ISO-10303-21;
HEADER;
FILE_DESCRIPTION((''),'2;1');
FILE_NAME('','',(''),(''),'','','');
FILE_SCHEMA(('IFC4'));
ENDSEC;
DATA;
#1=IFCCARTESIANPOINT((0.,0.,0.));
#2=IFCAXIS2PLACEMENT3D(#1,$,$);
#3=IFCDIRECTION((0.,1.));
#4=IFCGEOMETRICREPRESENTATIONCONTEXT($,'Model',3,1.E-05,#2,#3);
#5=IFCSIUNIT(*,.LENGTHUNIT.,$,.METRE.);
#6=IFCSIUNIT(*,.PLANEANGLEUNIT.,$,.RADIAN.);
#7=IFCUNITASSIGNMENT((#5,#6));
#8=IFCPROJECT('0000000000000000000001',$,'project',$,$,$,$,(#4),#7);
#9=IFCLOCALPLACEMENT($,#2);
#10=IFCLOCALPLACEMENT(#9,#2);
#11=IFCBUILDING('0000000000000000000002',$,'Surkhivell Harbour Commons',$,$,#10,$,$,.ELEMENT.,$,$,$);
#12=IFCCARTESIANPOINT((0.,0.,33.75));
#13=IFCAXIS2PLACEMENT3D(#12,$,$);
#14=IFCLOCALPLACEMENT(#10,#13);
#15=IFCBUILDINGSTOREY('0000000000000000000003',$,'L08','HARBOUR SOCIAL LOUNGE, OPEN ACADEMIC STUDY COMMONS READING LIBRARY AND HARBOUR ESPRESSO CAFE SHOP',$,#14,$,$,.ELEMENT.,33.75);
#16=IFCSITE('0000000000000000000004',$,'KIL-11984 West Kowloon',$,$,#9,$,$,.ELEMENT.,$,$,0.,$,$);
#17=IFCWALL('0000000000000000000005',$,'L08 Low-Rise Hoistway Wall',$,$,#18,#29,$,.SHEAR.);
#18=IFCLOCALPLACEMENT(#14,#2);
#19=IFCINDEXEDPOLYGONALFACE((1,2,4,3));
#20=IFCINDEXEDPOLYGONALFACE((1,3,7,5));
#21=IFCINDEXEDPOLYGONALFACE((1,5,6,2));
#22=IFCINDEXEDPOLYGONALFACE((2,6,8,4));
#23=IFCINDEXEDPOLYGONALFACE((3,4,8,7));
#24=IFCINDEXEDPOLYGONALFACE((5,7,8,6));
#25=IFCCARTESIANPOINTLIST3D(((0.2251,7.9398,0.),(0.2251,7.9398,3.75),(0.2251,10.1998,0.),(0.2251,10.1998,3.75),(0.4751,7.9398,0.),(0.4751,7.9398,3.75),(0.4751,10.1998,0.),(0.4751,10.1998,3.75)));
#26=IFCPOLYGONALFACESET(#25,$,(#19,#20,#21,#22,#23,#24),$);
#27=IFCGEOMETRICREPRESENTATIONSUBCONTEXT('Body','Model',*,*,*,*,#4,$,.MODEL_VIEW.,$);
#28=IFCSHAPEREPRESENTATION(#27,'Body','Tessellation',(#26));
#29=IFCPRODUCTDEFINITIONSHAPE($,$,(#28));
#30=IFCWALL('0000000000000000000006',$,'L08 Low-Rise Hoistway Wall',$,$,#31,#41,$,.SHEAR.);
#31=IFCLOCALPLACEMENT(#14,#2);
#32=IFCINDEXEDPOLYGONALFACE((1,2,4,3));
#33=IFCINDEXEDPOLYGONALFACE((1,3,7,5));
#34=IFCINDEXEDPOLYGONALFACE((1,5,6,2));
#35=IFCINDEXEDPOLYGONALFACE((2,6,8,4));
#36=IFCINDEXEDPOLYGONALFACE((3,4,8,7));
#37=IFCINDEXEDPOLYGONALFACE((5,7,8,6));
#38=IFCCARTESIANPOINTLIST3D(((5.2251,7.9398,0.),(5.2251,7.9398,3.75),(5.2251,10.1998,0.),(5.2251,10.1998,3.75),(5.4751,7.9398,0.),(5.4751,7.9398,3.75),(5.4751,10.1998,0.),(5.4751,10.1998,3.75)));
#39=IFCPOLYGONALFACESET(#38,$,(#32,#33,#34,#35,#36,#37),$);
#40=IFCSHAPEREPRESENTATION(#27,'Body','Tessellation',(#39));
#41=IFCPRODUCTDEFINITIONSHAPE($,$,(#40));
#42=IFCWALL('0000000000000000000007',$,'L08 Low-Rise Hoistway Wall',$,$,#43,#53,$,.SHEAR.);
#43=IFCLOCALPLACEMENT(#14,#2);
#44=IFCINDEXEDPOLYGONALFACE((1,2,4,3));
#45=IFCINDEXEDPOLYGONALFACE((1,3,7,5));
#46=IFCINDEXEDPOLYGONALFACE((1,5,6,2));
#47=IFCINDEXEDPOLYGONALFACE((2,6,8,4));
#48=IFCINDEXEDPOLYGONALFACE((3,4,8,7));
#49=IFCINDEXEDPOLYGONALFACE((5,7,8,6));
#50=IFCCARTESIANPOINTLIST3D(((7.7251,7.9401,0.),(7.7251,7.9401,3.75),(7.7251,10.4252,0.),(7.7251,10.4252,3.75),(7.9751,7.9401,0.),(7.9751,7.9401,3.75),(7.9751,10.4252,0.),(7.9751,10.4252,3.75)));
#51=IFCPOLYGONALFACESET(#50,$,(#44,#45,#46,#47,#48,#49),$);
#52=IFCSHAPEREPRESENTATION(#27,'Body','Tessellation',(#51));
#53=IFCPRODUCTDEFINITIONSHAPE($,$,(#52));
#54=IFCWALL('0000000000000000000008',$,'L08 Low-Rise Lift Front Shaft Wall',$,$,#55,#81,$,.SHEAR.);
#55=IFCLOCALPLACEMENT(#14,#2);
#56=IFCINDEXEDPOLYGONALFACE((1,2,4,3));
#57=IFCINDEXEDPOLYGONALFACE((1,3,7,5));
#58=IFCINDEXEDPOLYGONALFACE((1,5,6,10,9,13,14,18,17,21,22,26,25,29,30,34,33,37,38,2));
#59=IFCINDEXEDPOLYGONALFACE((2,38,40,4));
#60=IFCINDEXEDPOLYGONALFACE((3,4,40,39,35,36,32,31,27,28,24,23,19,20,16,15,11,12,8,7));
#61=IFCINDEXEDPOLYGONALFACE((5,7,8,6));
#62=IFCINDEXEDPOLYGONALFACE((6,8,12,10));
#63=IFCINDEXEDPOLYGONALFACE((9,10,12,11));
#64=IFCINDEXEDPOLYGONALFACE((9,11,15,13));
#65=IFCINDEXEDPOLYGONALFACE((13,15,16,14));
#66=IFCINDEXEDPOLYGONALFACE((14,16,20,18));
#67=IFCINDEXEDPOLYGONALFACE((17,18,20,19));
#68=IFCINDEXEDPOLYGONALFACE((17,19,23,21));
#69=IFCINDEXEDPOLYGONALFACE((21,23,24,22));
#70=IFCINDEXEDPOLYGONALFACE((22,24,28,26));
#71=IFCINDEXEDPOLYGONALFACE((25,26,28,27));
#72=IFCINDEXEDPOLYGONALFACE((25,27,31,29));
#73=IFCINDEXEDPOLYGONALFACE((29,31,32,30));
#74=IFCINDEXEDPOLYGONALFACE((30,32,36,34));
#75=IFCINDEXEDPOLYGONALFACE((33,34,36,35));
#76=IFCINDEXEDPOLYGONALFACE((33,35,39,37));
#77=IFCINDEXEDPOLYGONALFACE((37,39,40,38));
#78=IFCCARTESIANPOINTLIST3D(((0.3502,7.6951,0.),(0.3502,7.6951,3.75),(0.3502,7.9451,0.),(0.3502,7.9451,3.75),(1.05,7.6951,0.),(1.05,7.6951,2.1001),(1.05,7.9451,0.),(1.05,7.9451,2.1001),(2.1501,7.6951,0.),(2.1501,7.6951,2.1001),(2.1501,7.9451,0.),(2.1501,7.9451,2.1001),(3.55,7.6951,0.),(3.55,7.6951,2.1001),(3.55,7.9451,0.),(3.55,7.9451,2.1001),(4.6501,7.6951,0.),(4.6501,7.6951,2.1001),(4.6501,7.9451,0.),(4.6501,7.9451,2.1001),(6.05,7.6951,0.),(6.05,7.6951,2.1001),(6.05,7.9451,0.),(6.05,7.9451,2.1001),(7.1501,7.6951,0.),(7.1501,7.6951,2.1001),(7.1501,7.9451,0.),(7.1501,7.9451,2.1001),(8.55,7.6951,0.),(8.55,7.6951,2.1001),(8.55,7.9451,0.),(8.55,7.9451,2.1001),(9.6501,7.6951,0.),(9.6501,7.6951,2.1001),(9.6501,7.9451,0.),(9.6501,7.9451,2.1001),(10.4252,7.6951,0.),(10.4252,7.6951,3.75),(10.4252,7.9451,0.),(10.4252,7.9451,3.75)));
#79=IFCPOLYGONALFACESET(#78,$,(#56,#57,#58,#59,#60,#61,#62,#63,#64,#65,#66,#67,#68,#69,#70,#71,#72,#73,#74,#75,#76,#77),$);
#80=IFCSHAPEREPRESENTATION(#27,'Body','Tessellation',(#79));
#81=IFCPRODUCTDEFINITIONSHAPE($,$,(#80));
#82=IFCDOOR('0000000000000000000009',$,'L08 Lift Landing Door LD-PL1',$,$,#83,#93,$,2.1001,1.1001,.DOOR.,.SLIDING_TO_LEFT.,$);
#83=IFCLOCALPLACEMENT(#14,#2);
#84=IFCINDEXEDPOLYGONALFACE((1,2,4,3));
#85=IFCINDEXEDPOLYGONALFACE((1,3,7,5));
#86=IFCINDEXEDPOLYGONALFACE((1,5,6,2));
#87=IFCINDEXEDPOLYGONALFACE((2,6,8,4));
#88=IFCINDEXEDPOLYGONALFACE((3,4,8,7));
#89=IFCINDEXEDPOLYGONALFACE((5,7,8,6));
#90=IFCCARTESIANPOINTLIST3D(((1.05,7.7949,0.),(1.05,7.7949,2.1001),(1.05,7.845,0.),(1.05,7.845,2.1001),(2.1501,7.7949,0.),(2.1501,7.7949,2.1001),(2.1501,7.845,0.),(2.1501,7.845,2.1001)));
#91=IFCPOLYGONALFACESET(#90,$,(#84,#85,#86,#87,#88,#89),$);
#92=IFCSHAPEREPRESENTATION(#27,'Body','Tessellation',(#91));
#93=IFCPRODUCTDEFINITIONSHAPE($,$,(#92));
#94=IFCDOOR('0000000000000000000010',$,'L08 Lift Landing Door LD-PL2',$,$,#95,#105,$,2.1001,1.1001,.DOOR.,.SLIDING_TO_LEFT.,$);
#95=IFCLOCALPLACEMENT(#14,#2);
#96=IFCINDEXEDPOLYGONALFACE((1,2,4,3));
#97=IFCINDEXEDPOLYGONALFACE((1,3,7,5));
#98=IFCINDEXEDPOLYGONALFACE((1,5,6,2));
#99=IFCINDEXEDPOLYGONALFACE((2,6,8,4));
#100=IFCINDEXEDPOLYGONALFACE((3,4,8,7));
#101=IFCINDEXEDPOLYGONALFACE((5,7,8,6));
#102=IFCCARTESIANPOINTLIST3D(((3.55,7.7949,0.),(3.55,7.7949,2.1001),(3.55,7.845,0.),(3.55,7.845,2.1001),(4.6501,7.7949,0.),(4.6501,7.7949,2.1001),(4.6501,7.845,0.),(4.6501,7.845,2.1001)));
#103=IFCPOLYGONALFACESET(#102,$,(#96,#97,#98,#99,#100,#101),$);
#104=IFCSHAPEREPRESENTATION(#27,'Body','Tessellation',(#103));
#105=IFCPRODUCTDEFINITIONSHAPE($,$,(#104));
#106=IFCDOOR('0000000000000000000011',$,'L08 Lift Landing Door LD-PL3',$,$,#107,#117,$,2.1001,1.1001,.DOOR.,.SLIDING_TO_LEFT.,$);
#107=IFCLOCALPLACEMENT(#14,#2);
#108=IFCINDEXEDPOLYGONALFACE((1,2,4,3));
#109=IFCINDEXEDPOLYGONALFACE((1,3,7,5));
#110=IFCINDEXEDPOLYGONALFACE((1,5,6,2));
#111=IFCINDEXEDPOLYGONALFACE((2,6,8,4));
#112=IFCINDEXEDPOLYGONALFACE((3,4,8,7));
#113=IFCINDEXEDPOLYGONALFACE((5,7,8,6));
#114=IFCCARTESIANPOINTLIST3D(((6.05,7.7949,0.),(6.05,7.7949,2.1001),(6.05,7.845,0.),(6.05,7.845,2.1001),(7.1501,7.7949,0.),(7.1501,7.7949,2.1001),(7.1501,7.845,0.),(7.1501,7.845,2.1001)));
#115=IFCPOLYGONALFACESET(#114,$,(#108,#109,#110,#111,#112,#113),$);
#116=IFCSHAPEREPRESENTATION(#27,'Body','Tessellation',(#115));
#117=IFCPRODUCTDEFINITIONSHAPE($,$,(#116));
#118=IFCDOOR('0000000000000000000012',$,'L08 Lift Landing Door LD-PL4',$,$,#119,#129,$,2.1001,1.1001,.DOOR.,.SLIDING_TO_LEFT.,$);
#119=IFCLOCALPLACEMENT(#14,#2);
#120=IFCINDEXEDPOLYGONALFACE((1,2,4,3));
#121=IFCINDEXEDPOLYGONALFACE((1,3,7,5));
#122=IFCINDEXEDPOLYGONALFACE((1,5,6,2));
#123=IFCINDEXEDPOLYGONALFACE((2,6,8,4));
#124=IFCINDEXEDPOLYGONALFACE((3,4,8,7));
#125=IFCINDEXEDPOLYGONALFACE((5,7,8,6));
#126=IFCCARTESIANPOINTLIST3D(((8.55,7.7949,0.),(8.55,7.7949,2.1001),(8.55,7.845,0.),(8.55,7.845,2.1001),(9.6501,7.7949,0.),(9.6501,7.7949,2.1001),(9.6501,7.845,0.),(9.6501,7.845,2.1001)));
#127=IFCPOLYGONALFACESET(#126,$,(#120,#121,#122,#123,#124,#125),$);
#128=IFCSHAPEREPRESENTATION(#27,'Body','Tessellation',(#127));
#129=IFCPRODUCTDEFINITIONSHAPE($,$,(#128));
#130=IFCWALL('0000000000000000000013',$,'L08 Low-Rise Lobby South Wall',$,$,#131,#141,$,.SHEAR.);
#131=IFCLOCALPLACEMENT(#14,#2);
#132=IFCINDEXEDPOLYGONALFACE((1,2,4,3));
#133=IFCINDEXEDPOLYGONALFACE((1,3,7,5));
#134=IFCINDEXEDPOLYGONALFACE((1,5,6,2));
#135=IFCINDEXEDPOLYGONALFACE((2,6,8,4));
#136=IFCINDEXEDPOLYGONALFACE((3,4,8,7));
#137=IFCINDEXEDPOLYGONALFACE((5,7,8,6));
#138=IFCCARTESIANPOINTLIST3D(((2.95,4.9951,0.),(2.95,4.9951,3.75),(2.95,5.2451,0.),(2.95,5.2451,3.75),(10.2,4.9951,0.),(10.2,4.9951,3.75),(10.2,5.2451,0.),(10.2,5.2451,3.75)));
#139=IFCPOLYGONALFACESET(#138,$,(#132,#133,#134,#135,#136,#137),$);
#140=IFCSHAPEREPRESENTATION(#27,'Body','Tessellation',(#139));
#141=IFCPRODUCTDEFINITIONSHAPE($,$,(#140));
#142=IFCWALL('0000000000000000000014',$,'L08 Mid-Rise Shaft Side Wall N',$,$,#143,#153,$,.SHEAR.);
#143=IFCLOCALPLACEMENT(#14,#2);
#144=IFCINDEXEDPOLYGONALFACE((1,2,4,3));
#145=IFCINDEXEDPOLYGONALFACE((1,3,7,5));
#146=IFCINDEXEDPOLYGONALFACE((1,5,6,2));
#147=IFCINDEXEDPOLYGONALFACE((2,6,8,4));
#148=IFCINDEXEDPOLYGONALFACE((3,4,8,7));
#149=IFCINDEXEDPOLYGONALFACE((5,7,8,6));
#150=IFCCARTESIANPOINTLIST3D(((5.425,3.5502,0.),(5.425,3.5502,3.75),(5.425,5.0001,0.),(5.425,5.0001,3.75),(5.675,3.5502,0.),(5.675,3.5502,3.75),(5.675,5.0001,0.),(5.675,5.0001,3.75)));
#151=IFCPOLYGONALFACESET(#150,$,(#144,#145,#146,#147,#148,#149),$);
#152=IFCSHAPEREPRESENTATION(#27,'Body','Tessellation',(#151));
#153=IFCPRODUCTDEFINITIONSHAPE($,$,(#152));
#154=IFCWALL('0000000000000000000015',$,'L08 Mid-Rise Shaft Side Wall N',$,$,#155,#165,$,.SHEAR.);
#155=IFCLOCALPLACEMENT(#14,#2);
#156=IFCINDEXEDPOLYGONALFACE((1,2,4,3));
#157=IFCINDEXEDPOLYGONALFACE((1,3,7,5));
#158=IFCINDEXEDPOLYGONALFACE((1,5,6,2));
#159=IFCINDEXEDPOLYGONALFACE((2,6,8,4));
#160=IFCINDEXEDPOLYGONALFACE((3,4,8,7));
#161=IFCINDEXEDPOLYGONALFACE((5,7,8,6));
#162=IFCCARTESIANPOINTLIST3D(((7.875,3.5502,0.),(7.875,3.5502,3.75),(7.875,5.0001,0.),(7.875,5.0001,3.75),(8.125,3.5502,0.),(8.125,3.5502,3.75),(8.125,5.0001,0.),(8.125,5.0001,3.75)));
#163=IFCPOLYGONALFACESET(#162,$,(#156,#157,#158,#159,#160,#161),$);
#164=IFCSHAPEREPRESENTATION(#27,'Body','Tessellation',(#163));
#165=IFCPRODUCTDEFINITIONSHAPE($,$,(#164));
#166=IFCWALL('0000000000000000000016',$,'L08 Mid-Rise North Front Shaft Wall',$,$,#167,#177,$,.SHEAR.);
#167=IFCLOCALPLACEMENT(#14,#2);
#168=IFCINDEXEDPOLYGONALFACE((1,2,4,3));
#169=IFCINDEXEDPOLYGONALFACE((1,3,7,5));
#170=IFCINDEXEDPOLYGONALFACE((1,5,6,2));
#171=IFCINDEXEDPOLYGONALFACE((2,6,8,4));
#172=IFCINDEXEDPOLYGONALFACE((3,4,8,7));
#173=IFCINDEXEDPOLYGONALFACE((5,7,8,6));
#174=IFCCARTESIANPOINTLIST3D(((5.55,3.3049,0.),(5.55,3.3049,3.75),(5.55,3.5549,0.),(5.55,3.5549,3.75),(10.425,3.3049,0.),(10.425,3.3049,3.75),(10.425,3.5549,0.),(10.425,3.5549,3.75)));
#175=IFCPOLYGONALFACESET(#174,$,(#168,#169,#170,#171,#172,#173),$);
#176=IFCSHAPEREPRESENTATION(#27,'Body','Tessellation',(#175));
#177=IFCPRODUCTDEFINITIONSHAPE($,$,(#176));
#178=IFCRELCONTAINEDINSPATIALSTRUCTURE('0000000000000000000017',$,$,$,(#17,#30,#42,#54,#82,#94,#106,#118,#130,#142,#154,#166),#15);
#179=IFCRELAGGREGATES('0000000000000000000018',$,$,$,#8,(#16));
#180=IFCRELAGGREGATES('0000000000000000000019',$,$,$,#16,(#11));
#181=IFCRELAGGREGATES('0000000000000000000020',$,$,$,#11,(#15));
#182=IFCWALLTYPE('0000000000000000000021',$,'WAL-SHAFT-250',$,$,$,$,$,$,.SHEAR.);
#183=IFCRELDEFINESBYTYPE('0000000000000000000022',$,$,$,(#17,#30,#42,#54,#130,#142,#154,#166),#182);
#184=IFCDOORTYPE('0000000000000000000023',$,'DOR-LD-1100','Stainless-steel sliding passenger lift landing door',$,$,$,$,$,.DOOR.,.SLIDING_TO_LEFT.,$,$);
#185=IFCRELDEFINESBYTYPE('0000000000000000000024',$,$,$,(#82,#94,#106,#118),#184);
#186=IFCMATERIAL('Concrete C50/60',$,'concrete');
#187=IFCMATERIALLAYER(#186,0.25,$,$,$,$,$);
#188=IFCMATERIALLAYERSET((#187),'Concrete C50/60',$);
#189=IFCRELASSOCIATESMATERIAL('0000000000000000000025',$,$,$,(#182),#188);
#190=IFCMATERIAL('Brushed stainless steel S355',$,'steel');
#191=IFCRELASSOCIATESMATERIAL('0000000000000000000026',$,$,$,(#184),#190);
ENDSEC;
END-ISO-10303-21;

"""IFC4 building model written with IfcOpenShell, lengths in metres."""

from ifc_helpers import new_model, si_unit, direction, frame, frame_2d, origin, place, context, subcontext, project, spatial, rectangle, extrude, material, layer, layer_set, type_object, element, fill, save


model = new_model("IFC4")

# Units and contexts
model_context = context("Model", 3, precision=1e-05, world=origin(), true_north=direction((0.0, 1.0)))
body_context = subcontext(model_context, "Body", "Model", "MODEL_VIEW")
ifc_project = project(units=[si_unit("LENGTHUNIT", "METRE"), si_unit("PLANEANGLEUNIT", "RADIAN")], contexts=[model_context])

# Site, building, storey
site_placement = place(None, origin())
site = spatial("IfcSite", under=ifc_project, at=site_placement, Name="KIL-11984 West Kowloon", CompositionType="ELEMENT", RefElevation=0.0)
building_placement = place(site_placement, origin())
building = spatial("IfcBuilding", under=site, at=building_placement, Name="Surkhivell Harbour Commons", CompositionType="ELEMENT")
storey_placement = place(building_placement, frame((0.0, 0.0, 33.75)))
storey = spatial("IfcBuildingStorey", under=building, at=storey_placement, Name="L08", Description="HARBOUR SOCIAL LOUNGE, OPEN ACADEMIC STUDY COMMONS READING LIBRARY AND HARBOUR ESPRESSO CAFE SHOP", CompositionType="ELEMENT", Elevation=33.75)

# Walls
ifc_material_1 = material(Name="Concrete C50/60", Category="concrete")
ifc_layer_1 = layer(ifc_material_1, 0.25)
ifc_layer_set_1 = layer_set([ifc_layer_1], Name="Concrete C50/60")
wall_type_1 = type_object("IfcWallType", Name="WAL-SHAFT-250", PredefinedType="SHEAR", material=ifc_layer_set_1)
for number, where, z_axis, x_axis, name in (
    (1, (0.3501, 7.9399, 0.0), (0.0, 0.0, 1.0), (0.0, 1.0, 0.0), "L08 Low-Rise Hoistway Wall"),
    (2, (5.3501, 7.9399, 0.0), (0.0, 0.0, 1.0), (0.0, 1.0, 0.0), "L08 Low-Rise Hoistway Wall"),
):
    element("IfcWall", number, at=place(storey_placement, frame(where, z_axis=z_axis, x_axis=x_axis)), inside=storey, type_object=wall_type_1, Name=name, PredefinedType="SHEAR", context=body_context, shape_type="SweptSolid", body=[
        extrude(rectangle(XDim=2.26, YDim=0.25, at=frame_2d((1.1299, 0.0))), origin(), (0.0, 0.0, 1.0), 3.75),
    ])
wall_1_placement = place(storey_placement, frame((7.8501, 7.9399, 0.0), z_axis=(0.0, 0.0, 1.0), x_axis=(0.0, 1.0, 0.0)))
element("IfcWall", 3, at=wall_1_placement, inside=storey, type_object=wall_type_1, Name="L08 Low-Rise Hoistway Wall", PredefinedType="SHEAR", context=body_context, shape_type="SweptSolid", body=[
    extrude(rectangle(XDim=2.4851, YDim=0.25, at=frame_2d((1.2427, 0.0))), origin(), (0.0, 0.0, 1.0), 3.75),
])

# Wall, openings, doors
wall_2_placement = place(storey_placement, frame((0.3501, 7.8201, 0.0), z_axis=(0.0, 0.0, 1.0), x_axis=(1.0, 0.0, 0.0)))
wall_2 = element("IfcWall", 4, at=wall_2_placement, inside=storey, type_object=wall_type_1, Name="L08 Low-Rise Lift Front Shaft Wall", PredefinedType="SHEAR", context=body_context, shape_type="SweptSolid", body=[
    extrude(rectangle(XDim=10.075, YDim=0.25, at=frame_2d((5.0376, 0.0))), origin(), (0.0, 0.0, 1.0), 3.75),
])
opening_1_placement = place(wall_2_placement, frame((0.7, 0.0, 0.0)))
opening_1 = element("IfcOpeningElement", 5, at=opening_1_placement, cuts=wall_2, PredefinedType="OPENING", context=body_context, shape_type="SweptSolid", body=[
    extrude(rectangle(XDim=1.1001, YDim=2.1001, at=frame_2d((0.55, 1.05))), frame((0.0, 0.135, 0.0), z_axis=(0.0, -1.0, 0.0), x_axis=(1.0, 0.0, 0.0)), (0.0, 0.0, 1.0), 0.27),
])
opening_2_placement = place(wall_2_placement, frame((3.2, 0.0, 0.0)))
opening_2 = element("IfcOpeningElement", 6, at=opening_2_placement, cuts=wall_2, PredefinedType="OPENING", context=body_context, shape_type="SweptSolid", body=[
    extrude(rectangle(XDim=1.1001, YDim=2.1001, at=frame_2d((0.55, 1.05))), frame((0.0, 0.135, 0.0), z_axis=(0.0, -1.0, 0.0), x_axis=(1.0, 0.0, 0.0)), (0.0, 0.0, 1.0), 0.27),
])
opening_3_placement = place(wall_2_placement, frame((5.7, 0.0, 0.0)))
opening_3 = element("IfcOpeningElement", 7, at=opening_3_placement, cuts=wall_2, PredefinedType="OPENING", context=body_context, shape_type="SweptSolid", body=[
    extrude(rectangle(XDim=1.1001, YDim=2.1001, at=frame_2d((0.55, 1.05))), frame((0.0, 0.135, 0.0), z_axis=(0.0, -1.0, 0.0), x_axis=(1.0, 0.0, 0.0)), (0.0, 0.0, 1.0), 0.27),
])
opening_4_placement = place(wall_2_placement, frame((8.2, 0.0, 0.0)))
opening_4 = element("IfcOpeningElement", 8, at=opening_4_placement, cuts=wall_2, PredefinedType="OPENING", context=body_context, shape_type="SweptSolid", body=[
    extrude(rectangle(XDim=1.1001, YDim=2.1001, at=frame_2d((0.55, 1.05))), frame((0.0, 0.135, 0.0), z_axis=(0.0, -1.0, 0.0), x_axis=(1.0, 0.0, 0.0)), (0.0, 0.0, 1.0), 0.27),
])
ifc_material_2 = material(Name="Brushed stainless steel S355", Category="steel")
door_type = type_object("IfcDoorType", Name="DOR-LD-1100", Description="Stainless-steel sliding passenger lift landing door", OperationType="SLIDING_TO_LEFT", PredefinedType="DOOR", material=ifc_material_2)
door_1_placement = place(opening_1_placement, origin())
door_1 = element("IfcDoor", 9, at=door_1_placement, inside=storey, type_object=door_type, Name="L08 Lift Landing Door LD-PL1", OperationType="SLIDING_TO_LEFT", OverallHeight=2.1001, OverallWidth=1.1001, PredefinedType="DOOR", context=body_context, shape_type="SweptSolid", body=[
    extrude(rectangle(XDim=1.1001, YDim=2.1001, at=frame_2d((0.55, 1.05))), frame((0.0, 0.0249, 0.0), z_axis=(0.0, -1.0, 0.0), x_axis=(1.0, 0.0, 0.0)), (0.0, 0.0, 1.0), 0.05),
])
fill(opening_1, door_1)
door_2_placement = place(opening_2_placement, origin())
door_2 = element("IfcDoor", 10, at=door_2_placement, inside=storey, type_object=door_type, Name="L08 Lift Landing Door LD-PL2", OperationType="SLIDING_TO_LEFT", OverallHeight=2.1001, OverallWidth=1.1001, PredefinedType="DOOR", context=body_context, shape_type="SweptSolid", body=[
    extrude(rectangle(XDim=1.1001, YDim=2.1001, at=frame_2d((0.55, 1.05))), frame((0.0, 0.0249, 0.0), z_axis=(0.0, -1.0, 0.0), x_axis=(1.0, 0.0, 0.0)), (0.0, 0.0, 1.0), 0.05),
])
fill(opening_2, door_2)
door_3_placement = place(opening_3_placement, origin())
door_3 = element("IfcDoor", 11, at=door_3_placement, inside=storey, type_object=door_type, Name="L08 Lift Landing Door LD-PL3", OperationType="SLIDING_TO_LEFT", OverallHeight=2.1001, OverallWidth=1.1001, PredefinedType="DOOR", context=body_context, shape_type="SweptSolid", body=[
    extrude(rectangle(XDim=1.1001, YDim=2.1001, at=frame_2d((0.55, 1.05))), frame((0.0, 0.0249, 0.0), z_axis=(0.0, -1.0, 0.0), x_axis=(1.0, 0.0, 0.0)), (0.0, 0.0, 1.0), 0.05),
])
fill(opening_3, door_3)
door_4_placement = place(opening_4_placement, origin())
door_4 = element("IfcDoor", 12, at=door_4_placement, inside=storey, type_object=door_type, Name="L08 Lift Landing Door LD-PL4", OperationType="SLIDING_TO_LEFT", OverallHeight=2.1001, OverallWidth=1.1001, PredefinedType="DOOR", context=body_context, shape_type="SweptSolid", body=[
    extrude(rectangle(XDim=1.1001, YDim=2.1001, at=frame_2d((0.55, 1.05))), frame((0.0, 0.0249, 0.0), z_axis=(0.0, -1.0, 0.0), x_axis=(1.0, 0.0, 0.0)), (0.0, 0.0, 1.0), 0.05),
])
fill(opening_4, door_4)

# Walls
wall_3_placement = place(storey_placement, frame((2.95, 5.1201, 0.0), z_axis=(0.0, 0.0, 1.0), x_axis=(1.0, 0.0, 0.0)))
element("IfcWall", 13, at=wall_3_placement, inside=storey, type_object=wall_type_1, Name="L08 Low-Rise Lobby South Wall", PredefinedType="SHEAR", context=body_context, shape_type="SweptSolid", body=[
    extrude(rectangle(XDim=7.25, YDim=0.25, at=frame_2d((3.625, 0.0))), origin(), (0.0, 0.0, 1.0), 3.75),
])
for number, where, z_axis, x_axis, name in (
    (14, (5.55, 3.55, 0.0), (0.0, 0.0, 1.0), (0.0, 1.0, 0.0), "L08 Mid-Rise Shaft Side Wall N"),
    (15, (8.0, 3.55, 0.0), (0.0, 0.0, 1.0), (0.0, 1.0, 0.0), "L08 Mid-Rise Shaft Side Wall N"),
):
    element("IfcWall", number, at=place(storey_placement, frame(where, z_axis=z_axis, x_axis=x_axis)), inside=storey, type_object=wall_type_1, Name=name, PredefinedType="SHEAR", context=body_context, shape_type="SweptSolid", body=[
        extrude(rectangle(XDim=1.45, YDim=0.25, at=frame_2d((0.7251, 0.0))), origin(), (0.0, 0.0, 1.0), 3.75),
    ])
wall_4_placement = place(storey_placement, frame((5.55, 3.4299, 0.0), z_axis=(0.0, 0.0, 1.0), x_axis=(1.0, 0.0, 0.0)))
element("IfcWall", 16, at=wall_4_placement, inside=storey, type_object=wall_type_1, Name="L08 Mid-Rise North Front Shaft Wall", PredefinedType="SHEAR", context=body_context, shape_type="SweptSolid", body=[
    extrude(rectangle(XDim=4.875, YDim=0.25, at=frame_2d((2.4375, 0.0))), origin(), (0.0, 0.0, 1.0), 3.75),
])

save(model, "model.ifc")
